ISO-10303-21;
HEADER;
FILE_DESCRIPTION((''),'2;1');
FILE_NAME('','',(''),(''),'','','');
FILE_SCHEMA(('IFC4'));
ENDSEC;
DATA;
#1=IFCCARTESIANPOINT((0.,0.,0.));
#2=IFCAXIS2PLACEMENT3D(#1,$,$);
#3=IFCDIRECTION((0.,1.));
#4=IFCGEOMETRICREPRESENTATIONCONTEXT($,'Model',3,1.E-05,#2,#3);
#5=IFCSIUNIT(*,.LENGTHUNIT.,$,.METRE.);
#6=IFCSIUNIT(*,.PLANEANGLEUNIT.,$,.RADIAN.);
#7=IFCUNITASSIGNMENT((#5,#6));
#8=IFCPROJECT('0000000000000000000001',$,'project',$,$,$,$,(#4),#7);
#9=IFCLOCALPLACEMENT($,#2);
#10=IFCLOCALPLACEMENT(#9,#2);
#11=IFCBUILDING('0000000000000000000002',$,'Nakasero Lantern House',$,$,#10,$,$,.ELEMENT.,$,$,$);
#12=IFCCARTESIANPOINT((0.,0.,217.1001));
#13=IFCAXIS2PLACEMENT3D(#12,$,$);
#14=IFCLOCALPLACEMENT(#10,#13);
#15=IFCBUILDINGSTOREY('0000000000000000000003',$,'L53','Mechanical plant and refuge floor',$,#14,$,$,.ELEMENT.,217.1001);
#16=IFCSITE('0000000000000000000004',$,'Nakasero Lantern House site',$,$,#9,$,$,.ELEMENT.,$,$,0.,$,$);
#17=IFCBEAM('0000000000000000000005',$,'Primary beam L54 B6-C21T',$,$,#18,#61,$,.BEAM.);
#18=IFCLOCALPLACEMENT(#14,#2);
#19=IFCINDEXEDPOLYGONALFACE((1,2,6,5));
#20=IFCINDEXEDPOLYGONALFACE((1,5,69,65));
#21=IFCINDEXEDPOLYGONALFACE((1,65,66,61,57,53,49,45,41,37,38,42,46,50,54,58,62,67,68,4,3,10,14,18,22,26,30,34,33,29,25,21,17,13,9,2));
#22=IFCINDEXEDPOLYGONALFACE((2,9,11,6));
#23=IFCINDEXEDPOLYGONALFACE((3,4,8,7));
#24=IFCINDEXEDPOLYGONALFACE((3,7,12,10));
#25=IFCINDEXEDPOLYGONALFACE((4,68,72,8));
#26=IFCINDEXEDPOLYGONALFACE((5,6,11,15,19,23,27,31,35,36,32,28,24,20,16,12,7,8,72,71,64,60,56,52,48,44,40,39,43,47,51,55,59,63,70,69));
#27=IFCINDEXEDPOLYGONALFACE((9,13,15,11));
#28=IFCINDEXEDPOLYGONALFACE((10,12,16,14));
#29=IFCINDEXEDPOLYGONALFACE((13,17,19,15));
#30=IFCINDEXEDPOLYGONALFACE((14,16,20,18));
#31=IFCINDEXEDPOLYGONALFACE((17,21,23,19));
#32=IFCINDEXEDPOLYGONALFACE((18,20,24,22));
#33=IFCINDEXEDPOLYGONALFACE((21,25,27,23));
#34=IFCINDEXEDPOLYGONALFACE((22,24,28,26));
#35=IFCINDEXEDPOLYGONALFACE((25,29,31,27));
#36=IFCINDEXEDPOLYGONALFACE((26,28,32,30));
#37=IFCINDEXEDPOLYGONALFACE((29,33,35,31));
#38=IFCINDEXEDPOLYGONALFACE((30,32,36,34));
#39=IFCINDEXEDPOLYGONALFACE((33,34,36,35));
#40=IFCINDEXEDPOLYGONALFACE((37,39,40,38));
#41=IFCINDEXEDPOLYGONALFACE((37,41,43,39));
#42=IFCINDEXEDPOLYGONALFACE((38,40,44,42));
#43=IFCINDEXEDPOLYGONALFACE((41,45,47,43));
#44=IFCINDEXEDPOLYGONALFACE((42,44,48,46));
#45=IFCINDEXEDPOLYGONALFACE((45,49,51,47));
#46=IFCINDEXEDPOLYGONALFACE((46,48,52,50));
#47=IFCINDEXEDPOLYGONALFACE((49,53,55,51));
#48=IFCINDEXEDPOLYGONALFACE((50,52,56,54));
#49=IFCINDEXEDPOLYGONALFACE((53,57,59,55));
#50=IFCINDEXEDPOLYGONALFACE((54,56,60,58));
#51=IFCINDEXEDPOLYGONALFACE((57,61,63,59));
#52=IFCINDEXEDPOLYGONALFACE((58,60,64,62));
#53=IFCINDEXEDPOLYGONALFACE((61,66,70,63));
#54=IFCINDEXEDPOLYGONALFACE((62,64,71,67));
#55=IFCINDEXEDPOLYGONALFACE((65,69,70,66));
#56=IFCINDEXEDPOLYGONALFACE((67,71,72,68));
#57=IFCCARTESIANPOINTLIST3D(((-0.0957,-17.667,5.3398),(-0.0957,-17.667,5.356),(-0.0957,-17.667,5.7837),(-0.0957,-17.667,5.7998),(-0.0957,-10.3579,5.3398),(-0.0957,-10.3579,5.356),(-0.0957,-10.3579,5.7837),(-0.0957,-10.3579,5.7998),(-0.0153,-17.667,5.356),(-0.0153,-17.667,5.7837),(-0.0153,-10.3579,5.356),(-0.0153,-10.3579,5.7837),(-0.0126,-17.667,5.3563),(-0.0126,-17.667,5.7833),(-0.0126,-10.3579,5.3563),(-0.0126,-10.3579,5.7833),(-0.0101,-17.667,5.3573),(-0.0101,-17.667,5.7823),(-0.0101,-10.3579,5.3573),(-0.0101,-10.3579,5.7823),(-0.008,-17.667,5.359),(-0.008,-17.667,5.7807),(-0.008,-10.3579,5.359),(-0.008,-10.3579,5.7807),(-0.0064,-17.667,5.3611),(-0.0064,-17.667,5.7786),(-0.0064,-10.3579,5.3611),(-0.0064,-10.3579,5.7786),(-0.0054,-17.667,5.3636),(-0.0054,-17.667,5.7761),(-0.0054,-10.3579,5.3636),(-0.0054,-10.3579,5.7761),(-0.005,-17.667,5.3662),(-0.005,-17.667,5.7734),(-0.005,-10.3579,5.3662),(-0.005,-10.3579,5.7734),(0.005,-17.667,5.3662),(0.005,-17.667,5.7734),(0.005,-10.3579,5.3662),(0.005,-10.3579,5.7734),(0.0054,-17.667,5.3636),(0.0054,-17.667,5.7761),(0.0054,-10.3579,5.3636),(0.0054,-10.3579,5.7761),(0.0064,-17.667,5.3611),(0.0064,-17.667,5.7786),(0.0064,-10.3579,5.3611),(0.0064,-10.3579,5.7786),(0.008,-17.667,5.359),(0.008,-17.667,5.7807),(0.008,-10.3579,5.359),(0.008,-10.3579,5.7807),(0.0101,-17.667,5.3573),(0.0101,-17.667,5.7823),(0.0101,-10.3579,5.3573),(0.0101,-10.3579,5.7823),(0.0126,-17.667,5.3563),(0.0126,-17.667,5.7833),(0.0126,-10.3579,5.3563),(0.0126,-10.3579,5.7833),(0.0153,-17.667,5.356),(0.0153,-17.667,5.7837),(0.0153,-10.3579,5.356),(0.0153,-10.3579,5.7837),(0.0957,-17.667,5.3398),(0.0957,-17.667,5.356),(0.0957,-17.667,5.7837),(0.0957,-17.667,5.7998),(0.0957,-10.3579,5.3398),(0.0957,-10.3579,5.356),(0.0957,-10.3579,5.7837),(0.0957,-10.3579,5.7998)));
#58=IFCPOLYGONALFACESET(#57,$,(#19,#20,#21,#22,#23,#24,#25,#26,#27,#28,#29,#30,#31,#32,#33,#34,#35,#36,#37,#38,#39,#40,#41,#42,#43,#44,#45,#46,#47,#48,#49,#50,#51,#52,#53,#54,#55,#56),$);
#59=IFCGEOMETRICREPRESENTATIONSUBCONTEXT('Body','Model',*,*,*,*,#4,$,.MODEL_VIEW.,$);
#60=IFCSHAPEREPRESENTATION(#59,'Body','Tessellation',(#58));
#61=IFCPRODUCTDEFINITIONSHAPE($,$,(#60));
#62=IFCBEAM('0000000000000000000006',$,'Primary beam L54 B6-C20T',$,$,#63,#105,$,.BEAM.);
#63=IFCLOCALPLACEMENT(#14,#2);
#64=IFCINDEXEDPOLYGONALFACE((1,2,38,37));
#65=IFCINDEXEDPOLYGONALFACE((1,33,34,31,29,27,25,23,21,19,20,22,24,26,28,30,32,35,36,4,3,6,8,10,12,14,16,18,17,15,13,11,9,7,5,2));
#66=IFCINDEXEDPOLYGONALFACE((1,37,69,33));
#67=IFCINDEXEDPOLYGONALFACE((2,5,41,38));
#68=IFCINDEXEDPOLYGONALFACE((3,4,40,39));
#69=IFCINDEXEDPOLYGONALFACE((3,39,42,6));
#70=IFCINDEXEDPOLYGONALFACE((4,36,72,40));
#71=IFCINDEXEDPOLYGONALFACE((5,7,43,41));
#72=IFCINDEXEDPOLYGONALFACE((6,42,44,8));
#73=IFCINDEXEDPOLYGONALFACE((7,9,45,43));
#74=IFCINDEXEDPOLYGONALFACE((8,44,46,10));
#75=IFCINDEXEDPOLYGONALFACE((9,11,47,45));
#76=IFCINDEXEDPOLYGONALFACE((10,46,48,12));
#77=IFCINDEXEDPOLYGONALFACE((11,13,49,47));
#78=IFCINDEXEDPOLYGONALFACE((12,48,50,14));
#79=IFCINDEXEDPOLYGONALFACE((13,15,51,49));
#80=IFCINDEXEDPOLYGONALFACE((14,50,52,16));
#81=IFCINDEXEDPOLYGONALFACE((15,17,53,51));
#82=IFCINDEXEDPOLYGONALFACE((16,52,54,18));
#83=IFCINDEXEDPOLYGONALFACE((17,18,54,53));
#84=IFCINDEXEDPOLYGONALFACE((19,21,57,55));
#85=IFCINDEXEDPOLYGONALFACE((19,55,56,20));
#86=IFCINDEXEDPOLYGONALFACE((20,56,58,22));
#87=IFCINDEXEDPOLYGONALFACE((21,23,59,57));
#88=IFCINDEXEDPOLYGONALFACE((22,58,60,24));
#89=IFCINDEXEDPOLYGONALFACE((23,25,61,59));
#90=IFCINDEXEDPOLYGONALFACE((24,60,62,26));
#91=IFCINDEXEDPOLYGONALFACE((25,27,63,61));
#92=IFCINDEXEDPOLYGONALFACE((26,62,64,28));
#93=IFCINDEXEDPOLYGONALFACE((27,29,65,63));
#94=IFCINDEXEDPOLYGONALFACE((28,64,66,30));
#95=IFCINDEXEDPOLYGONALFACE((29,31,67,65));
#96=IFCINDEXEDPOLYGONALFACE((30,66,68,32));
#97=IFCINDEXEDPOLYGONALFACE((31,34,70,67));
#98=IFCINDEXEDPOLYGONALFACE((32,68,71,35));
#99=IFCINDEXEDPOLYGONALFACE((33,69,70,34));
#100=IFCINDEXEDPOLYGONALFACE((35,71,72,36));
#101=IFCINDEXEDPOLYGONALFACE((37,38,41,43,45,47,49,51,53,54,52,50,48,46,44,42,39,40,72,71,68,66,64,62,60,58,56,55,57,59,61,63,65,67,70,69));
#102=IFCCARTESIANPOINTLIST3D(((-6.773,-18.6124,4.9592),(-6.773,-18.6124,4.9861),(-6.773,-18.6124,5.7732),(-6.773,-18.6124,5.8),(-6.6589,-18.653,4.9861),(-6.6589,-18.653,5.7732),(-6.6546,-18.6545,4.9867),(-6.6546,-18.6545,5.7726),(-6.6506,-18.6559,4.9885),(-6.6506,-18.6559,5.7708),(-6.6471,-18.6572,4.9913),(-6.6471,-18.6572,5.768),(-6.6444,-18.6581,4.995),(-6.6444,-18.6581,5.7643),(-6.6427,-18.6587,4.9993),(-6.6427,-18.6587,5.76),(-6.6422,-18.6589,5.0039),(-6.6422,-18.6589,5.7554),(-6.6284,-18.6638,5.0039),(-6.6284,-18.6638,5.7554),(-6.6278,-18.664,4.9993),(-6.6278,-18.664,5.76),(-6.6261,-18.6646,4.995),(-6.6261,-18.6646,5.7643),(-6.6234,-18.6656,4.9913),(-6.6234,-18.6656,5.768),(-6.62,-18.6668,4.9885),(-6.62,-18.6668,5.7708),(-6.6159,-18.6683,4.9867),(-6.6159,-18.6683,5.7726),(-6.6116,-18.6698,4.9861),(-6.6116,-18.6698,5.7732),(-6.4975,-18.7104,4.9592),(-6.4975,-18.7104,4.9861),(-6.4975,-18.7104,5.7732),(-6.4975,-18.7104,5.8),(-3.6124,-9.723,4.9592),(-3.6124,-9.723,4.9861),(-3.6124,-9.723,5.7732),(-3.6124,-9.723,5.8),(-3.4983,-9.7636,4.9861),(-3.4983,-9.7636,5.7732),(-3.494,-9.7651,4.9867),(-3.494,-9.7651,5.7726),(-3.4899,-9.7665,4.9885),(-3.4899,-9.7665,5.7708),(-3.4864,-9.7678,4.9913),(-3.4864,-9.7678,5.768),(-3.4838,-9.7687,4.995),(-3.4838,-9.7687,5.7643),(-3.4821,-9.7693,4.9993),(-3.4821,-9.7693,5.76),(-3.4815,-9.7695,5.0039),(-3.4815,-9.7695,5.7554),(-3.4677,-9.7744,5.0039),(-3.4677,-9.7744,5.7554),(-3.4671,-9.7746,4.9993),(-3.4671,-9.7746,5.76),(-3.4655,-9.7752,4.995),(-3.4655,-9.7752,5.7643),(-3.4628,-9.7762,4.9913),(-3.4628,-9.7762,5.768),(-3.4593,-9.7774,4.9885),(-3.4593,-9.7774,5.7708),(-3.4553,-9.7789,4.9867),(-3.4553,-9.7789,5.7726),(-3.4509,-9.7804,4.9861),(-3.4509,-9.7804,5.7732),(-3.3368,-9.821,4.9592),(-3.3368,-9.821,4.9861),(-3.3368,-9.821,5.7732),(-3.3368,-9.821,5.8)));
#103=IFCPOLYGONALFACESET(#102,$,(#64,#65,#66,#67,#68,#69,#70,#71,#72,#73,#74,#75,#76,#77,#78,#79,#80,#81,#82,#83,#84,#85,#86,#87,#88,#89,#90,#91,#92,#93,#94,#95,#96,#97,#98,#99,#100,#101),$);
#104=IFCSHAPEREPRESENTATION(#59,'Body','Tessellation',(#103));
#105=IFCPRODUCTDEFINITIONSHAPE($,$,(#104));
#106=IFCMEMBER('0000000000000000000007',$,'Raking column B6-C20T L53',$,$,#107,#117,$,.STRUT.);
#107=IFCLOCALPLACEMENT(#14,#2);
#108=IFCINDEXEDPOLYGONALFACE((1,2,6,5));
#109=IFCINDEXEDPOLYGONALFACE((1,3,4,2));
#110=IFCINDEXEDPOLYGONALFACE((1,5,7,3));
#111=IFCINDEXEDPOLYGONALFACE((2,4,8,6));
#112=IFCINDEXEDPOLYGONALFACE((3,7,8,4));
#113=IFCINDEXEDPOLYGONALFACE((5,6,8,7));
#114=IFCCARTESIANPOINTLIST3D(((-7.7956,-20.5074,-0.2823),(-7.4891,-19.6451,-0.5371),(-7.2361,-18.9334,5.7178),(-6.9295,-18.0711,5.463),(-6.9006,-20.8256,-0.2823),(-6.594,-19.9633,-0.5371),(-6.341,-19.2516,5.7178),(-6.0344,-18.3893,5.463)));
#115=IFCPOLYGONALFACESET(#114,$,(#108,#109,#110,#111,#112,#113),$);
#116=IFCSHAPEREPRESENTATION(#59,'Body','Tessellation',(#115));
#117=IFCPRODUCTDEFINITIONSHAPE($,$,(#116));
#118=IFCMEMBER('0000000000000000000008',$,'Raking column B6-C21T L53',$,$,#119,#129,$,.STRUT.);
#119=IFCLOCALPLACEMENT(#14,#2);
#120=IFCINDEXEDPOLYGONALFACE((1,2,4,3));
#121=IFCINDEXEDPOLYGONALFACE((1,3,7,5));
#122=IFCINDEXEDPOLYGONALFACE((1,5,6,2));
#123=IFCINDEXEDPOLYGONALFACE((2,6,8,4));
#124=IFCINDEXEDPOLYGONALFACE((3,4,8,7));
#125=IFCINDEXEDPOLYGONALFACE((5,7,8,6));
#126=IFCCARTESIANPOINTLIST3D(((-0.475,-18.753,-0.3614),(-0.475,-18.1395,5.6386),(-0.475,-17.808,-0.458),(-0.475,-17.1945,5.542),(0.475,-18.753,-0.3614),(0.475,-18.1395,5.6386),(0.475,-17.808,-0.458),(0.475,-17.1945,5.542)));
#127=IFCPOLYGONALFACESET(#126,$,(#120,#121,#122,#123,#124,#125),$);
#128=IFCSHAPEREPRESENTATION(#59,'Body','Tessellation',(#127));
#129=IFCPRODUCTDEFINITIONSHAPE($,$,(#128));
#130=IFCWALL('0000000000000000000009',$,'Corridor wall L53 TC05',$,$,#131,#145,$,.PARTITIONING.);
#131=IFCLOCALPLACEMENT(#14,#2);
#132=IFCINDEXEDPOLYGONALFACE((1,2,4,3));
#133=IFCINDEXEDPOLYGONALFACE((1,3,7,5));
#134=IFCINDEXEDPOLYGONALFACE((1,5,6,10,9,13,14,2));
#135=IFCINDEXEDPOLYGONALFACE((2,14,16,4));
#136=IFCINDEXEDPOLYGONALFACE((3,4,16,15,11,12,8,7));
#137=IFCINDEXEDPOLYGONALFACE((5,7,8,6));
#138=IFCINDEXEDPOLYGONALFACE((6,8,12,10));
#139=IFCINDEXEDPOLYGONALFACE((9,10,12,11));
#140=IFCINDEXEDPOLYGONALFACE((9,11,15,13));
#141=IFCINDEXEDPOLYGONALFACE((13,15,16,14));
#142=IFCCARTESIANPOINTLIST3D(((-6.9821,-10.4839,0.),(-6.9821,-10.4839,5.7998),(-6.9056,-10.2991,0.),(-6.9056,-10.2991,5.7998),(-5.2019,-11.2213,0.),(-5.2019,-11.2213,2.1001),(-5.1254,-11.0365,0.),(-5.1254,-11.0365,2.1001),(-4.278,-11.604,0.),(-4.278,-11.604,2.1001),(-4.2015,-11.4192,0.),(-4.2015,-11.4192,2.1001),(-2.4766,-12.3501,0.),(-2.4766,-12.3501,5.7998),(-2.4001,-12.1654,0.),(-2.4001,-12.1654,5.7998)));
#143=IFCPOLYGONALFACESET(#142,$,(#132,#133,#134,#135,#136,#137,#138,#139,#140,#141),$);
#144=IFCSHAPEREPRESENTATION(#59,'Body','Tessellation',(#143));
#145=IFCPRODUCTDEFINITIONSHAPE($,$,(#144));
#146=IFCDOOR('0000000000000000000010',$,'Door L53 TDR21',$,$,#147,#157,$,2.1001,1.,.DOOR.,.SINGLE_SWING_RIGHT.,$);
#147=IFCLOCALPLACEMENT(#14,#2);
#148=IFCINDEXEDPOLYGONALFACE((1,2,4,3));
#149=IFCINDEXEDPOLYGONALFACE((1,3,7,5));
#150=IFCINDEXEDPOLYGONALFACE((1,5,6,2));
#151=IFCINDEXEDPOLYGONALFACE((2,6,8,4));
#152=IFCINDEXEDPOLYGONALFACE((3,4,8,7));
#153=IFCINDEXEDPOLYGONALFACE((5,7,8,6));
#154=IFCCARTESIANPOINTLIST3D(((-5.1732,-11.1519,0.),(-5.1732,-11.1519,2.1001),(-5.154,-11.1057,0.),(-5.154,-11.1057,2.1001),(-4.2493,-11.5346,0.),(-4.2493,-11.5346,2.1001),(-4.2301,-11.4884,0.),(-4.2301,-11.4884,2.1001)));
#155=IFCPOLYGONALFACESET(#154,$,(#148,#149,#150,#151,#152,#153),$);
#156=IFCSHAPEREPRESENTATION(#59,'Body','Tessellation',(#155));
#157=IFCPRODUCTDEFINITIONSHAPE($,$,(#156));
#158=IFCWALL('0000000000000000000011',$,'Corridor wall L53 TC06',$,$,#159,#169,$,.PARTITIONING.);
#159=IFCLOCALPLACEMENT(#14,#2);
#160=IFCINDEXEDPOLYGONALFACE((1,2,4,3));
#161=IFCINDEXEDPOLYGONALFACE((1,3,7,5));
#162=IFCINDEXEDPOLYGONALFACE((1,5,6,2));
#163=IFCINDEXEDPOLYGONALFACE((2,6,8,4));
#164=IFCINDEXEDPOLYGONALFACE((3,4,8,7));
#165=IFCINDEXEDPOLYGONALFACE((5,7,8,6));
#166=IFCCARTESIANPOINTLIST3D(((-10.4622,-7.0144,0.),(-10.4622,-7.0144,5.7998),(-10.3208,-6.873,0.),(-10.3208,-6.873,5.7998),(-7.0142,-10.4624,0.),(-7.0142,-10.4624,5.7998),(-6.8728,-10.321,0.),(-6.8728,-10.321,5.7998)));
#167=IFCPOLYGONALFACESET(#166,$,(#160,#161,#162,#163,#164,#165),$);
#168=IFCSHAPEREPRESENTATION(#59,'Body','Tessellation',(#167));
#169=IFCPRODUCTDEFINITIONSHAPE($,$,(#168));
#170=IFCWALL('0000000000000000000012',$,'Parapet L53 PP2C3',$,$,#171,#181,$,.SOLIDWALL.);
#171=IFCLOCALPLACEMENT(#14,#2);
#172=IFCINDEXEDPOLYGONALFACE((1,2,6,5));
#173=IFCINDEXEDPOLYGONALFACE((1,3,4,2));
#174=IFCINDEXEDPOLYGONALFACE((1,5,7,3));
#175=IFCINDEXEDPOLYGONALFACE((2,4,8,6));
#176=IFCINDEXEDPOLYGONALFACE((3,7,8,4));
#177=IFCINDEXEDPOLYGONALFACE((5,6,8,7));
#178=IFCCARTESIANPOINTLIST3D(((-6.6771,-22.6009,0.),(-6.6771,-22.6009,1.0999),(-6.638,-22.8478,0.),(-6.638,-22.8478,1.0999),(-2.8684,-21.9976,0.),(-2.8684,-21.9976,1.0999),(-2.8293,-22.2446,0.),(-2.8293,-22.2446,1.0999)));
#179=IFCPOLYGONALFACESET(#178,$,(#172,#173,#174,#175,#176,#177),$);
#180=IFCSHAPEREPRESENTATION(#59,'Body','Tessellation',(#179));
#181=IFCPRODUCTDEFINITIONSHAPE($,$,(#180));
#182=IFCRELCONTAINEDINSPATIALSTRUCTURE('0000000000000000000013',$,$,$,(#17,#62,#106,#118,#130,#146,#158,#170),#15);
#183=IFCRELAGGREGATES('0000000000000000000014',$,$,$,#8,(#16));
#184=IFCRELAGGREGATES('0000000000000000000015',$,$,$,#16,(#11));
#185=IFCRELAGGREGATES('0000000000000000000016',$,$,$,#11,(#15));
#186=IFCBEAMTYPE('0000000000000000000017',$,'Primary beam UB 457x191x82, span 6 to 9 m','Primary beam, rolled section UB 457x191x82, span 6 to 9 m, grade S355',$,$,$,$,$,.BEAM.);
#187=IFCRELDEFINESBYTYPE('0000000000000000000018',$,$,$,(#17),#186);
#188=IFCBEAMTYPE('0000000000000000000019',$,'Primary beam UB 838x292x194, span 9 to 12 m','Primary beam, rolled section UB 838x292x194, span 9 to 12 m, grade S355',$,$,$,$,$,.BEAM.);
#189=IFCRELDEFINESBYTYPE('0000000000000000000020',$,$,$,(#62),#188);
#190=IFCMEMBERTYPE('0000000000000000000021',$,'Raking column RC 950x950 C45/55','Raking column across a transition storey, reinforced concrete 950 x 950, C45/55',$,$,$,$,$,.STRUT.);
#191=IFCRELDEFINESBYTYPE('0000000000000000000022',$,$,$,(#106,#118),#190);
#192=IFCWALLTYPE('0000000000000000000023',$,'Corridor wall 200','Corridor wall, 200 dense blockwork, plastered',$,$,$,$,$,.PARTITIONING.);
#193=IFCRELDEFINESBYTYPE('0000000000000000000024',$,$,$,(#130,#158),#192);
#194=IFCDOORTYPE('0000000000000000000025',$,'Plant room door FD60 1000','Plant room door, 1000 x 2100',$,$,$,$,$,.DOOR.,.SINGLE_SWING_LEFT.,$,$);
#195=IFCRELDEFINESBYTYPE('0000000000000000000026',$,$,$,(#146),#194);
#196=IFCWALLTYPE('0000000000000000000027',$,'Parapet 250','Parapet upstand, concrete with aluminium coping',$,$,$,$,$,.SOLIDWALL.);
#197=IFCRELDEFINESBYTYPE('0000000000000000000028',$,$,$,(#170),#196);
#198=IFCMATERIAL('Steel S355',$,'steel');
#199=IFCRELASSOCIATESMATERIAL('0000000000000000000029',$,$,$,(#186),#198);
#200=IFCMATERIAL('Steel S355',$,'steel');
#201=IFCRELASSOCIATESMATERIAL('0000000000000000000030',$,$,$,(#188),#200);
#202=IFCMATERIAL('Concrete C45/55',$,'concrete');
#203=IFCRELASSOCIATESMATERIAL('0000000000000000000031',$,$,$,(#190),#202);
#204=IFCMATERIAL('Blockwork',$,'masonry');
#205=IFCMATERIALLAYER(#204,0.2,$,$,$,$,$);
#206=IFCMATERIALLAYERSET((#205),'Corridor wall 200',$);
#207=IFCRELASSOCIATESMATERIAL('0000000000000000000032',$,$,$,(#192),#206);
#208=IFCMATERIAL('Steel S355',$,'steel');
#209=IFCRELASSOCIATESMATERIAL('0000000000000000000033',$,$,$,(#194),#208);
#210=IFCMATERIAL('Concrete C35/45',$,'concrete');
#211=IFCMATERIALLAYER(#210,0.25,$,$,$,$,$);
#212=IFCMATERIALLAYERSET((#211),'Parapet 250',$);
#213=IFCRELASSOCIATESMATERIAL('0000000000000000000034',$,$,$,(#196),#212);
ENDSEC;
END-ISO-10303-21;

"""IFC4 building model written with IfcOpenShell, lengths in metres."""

from ifc_helpers import new_model, si_unit, direction, frame, frame_2d, origin, origin_2d, place, context, subcontext, project, spatial, rectangle, i_section, extrude, material, layer, layer_set, material_profile, profile_set, type_object, element, fill, save


model = new_model("IFC4")

# Units and contexts
model_context = context("Model", 3, precision=1e-05, world=origin(), true_north=direction((0.0, 1.0)))
body_context = subcontext(model_context, "Body", "Model", "MODEL_VIEW")
ifc_project = project(units=[si_unit("LENGTHUNIT", "METRE"), si_unit("PLANEANGLEUNIT", "RADIAN")], contexts=[model_context])

# Site, building, storey
site_placement = place(None, origin())
site = spatial("IfcSite", under=ifc_project, at=site_placement, Name="Nakasero Lantern House site", CompositionType="ELEMENT", RefElevation=0.0)
building_placement = place(site_placement, origin())
building = spatial("IfcBuilding", under=site, at=building_placement, Name="Nakasero Lantern House", CompositionType="ELEMENT")
storey_placement = place(building_placement, frame((0.0, 0.0, 217.1001)))
storey = spatial("IfcBuildingStorey", under=building, at=storey_placement, Name="L53", Description="Mechanical plant and refuge floor", CompositionType="ELEMENT", Elevation=217.1001)

# Beams
ifc_material_1 = material(Name="Steel S355", Category="steel")
ifc_material_profile_1 = material_profile(ifc_material_1, i_section(OverallWidth=0.1914, OverallDepth=0.46, WebThickness=0.01, FlangeThickness=0.0161, FilletRadius=0.0103, at=origin_2d()), Name="UB 457x191x82")
ifc_profile_set_1 = profile_set([ifc_material_profile_1], Name="Steel S355")
beam_type_1 = type_object("IfcBeamType", Name="Primary beam UB 457x191x82, span 6 to 9 m", Description="Primary beam, rolled section UB 457x191x82, span 6 to 9 m, grade S355", PredefinedType="BEAM", material=ifc_profile_set_1)
beam_1_placement = place(storey_placement, frame((0.0, -17.667, 5.5698), z_axis=(0.0, 1.0, 0.0), x_axis=(-1.0, 0.0, 0.0)))
element("IfcBeam", 1, at=beam_1_placement, inside=storey, type_object=beam_type_1, Name="Primary beam L54 B6-C21T", PredefinedType="BEAM", context=body_context, shape_type="SweptSolid", body=[
    extrude(i_section(OverallWidth=0.1914, OverallDepth=0.46, WebThickness=0.01, FlangeThickness=0.0161, FilletRadius=0.0103, at=origin_2d()), origin(), (0.0, 0.0, 1.0), 7.3091),
])
ifc_material_2 = material(Name="Steel S355", Category="steel")
ifc_material_profile_2 = material_profile(ifc_material_2, i_section(OverallWidth=0.2925, OverallDepth=0.8408, WebThickness=0.0146, FlangeThickness=0.0269, FilletRadius=0.0178, at=origin_2d()), Name="UB 838x292x194")
ifc_profile_set_2 = profile_set([ifc_material_profile_2], Name="Steel S355")
beam_type_2 = type_object("IfcBeamType", Name="Primary beam UB 838x292x194, span 9 to 12 m", Description="Primary beam, rolled section UB 838x292x194, span 9 to 12 m, grade S355", PredefinedType="BEAM", material=ifc_profile_set_2)
beam_2_placement = place(storey_placement, frame((-6.6353, -18.6614, 5.3796), z_axis=(0.335007, 0.942216, 0.0), x_axis=(-0.942216, 0.335007, 0.0)))
element("IfcBeam", 2, at=beam_2_placement, inside=storey, type_object=beam_type_2, Name="Primary beam L54 B6-C20T", PredefinedType="BEAM", context=body_context, shape_type="SweptSolid", body=[
    extrude(i_section(OverallWidth=0.2925, OverallDepth=0.8408, WebThickness=0.0146, FlangeThickness=0.0269, FilletRadius=0.0178, at=origin_2d()), origin(), (0.0, 0.0, 1.0), 9.4346),
])

# Members
ifc_material_3 = material(Name="Concrete C45/55", Category="concrete")
ifc_material_profile_3 = material_profile(ifc_material_3, rectangle(XDim=0.95, YDim=0.95, at=origin_2d()), Name="RC 950x950")
ifc_profile_set_3 = profile_set([ifc_material_profile_3], Name="Concrete C45/55")
member_type_1 = type_object("IfcMemberType", Name="Raking column RC 950x950 C45/55", Description="Raking column across a transition storey, reinforced concrete 950 x 950, C45/55", PredefinedType="STRUT", material=ifc_profile_set_3)
member_1_placement = place(storey_placement, frame((-7.1948, -20.2354, -0.4097), z_axis=(0.089845, 0.252717, 0.96336), x_axis=(-0.942227, 0.334975, 0.0)))
element("IfcMember", 3, at=member_1_placement, inside=storey, type_object=member_type_1, Name="Raking column B6-C20T L53", PredefinedType="STRUT", context=body_context, shape_type="SweptSolid", body=[
    extrude(rectangle(XDim=0.95, YDim=0.95, at=origin_2d()), origin(), (0.0, 0.0, 1.0), 6.2283),
])
member_2_placement = place(storey_placement, frame((0.0, -18.2805, -0.4097), z_axis=(0.0, 0.101724, 0.994813), x_axis=(-1.0, 0.0, 0.0)))
element("IfcMember", 4, at=member_2_placement, inside=storey, type_object=member_type_1, Name="Raking column B6-C21T L53", PredefinedType="STRUT", context=body_context, shape_type="SweptSolid", body=[
    extrude(rectangle(XDim=0.95, YDim=0.95, at=origin_2d()), origin(), (0.0, 0.0, 1.0), 6.0312),
])

# Wall, opening, door
ifc_material_4 = material(Name="Blockwork", Category="masonry")
ifc_layer_1 = layer(ifc_material_4, 0.2)
ifc_layer_set_1 = layer_set([ifc_layer_1], Name="Corridor wall 200")
wall_type_1 = type_object("IfcWallType", Name="Corridor wall 200", Description="Corridor wall, 200 dense blockwork, plastered", PredefinedType="PARTITIONING", material=ifc_layer_set_1)
wall_1_placement = place(storey_placement, frame((-2.4382, -12.2578, 0.0), z_axis=(0.0, 0.0, 1.0), x_axis=(-0.923878, 0.382688, 0.0)))
wall_1 = element("IfcWall", 5, at=wall_1_placement, inside=storey, type_object=wall_type_1, Name="Corridor wall L53 TC05", PredefinedType="PARTITIONING", context=body_context, shape_type="SweptSolid", body=[
    extrude(rectangle(XDim=4.8767, YDim=0.2, at=frame_2d((2.4385, 0.0))), origin(), (0.0, 0.0, 1.0), 5.7998),
])
opening_1_placement = place(wall_1_placement, frame((1.95, 0.0, 0.0)))
opening_1 = element("IfcOpeningElement", 6, at=opening_1_placement, cuts=wall_1, PredefinedType="OPENING", context=body_context, shape_type="SweptSolid", body=[
    extrude(rectangle(XDim=1.0, YDim=2.1001, at=frame_2d((0.5, 1.05))), frame((0.0, 0.1199, 0.0), z_axis=(0.0, -1.0, 0.0), x_axis=(1.0, 0.0, 0.0)), (0.0, 0.0, 1.0), 0.24),
])
ifc_material_5 = material(Name="Steel S355", Category="steel")
door_type_1 = type_object("IfcDoorType", Name="Plant room door FD60 1000", Description="Plant room door, 1000 x 2100", OperationType="SINGLE_SWING_LEFT", PredefinedType="DOOR", material=ifc_material_5)
door_1_placement = place(opening_1_placement, origin())
door_1 = element("IfcDoor", 7, at=door_1_placement, inside=storey, type_object=door_type_1, Name="Door L53 TDR21", OperationType="SINGLE_SWING_RIGHT", OverallHeight=2.1001, OverallWidth=1.0, PredefinedType="DOOR", context=body_context, shape_type="SweptSolid", body=[
    extrude(rectangle(XDim=1.0, YDim=2.1001, at=frame_2d((0.5, 1.05))), frame((0.0, 0.0249, 0.0), z_axis=(0.0, -1.0, 0.0), x_axis=(1.0, 0.0, 0.0)), (0.0, 0.0, 1.0), 0.05),
])
fill(opening_1, door_1)

# Walls
wall_2_placement = place(storey_placement, frame((-6.9436, -10.3916, 0.0), z_axis=(0.0, 0.0, 1.0), x_axis=(-0.707107, 0.707107, 0.0)))
element("IfcWall", 8, at=wall_2_placement, inside=storey, type_object=wall_type_1, Name="Corridor wall L53 TC06", PredefinedType="PARTITIONING", context=body_context, shape_type="SweptSolid", body=[
    extrude(rectangle(XDim=4.8762, YDim=0.2, at=frame_2d((2.438, 0.0))), origin(), (0.0, 0.0, 1.0), 5.7998),
])
ifc_material_6 = material(Name="Concrete C35/45", Category="concrete")
ifc_layer_2 = layer(ifc_material_6, 0.25)
ifc_layer_set_2 = layer_set([ifc_layer_2], Name="Parapet 250")
wall_type_2 = type_object("IfcWallType", Name="Parapet 250", Description="Parapet upstand, concrete with aluminium coping", PredefinedType="SOLIDWALL", material=ifc_layer_set_2)
wall_3_placement = place(storey_placement, frame((-6.6577, -22.7244, 0.0), z_axis=(0.0, 0.0, 1.0), x_axis=(0.987688, 0.156437, 0.0)))
element("IfcWall", 9, at=wall_3_placement, inside=storey, type_object=wall_type_2, Name="Parapet L53 PP2C3", PredefinedType="SOLIDWALL", context=body_context, shape_type="SweptSolid", body=[
    extrude(rectangle(XDim=3.8562, YDim=0.25, at=frame_2d((1.9282, 0.0))), origin(), (0.0, 0.0, 1.0), 1.0999),
])

save(model, "model.ifc")
